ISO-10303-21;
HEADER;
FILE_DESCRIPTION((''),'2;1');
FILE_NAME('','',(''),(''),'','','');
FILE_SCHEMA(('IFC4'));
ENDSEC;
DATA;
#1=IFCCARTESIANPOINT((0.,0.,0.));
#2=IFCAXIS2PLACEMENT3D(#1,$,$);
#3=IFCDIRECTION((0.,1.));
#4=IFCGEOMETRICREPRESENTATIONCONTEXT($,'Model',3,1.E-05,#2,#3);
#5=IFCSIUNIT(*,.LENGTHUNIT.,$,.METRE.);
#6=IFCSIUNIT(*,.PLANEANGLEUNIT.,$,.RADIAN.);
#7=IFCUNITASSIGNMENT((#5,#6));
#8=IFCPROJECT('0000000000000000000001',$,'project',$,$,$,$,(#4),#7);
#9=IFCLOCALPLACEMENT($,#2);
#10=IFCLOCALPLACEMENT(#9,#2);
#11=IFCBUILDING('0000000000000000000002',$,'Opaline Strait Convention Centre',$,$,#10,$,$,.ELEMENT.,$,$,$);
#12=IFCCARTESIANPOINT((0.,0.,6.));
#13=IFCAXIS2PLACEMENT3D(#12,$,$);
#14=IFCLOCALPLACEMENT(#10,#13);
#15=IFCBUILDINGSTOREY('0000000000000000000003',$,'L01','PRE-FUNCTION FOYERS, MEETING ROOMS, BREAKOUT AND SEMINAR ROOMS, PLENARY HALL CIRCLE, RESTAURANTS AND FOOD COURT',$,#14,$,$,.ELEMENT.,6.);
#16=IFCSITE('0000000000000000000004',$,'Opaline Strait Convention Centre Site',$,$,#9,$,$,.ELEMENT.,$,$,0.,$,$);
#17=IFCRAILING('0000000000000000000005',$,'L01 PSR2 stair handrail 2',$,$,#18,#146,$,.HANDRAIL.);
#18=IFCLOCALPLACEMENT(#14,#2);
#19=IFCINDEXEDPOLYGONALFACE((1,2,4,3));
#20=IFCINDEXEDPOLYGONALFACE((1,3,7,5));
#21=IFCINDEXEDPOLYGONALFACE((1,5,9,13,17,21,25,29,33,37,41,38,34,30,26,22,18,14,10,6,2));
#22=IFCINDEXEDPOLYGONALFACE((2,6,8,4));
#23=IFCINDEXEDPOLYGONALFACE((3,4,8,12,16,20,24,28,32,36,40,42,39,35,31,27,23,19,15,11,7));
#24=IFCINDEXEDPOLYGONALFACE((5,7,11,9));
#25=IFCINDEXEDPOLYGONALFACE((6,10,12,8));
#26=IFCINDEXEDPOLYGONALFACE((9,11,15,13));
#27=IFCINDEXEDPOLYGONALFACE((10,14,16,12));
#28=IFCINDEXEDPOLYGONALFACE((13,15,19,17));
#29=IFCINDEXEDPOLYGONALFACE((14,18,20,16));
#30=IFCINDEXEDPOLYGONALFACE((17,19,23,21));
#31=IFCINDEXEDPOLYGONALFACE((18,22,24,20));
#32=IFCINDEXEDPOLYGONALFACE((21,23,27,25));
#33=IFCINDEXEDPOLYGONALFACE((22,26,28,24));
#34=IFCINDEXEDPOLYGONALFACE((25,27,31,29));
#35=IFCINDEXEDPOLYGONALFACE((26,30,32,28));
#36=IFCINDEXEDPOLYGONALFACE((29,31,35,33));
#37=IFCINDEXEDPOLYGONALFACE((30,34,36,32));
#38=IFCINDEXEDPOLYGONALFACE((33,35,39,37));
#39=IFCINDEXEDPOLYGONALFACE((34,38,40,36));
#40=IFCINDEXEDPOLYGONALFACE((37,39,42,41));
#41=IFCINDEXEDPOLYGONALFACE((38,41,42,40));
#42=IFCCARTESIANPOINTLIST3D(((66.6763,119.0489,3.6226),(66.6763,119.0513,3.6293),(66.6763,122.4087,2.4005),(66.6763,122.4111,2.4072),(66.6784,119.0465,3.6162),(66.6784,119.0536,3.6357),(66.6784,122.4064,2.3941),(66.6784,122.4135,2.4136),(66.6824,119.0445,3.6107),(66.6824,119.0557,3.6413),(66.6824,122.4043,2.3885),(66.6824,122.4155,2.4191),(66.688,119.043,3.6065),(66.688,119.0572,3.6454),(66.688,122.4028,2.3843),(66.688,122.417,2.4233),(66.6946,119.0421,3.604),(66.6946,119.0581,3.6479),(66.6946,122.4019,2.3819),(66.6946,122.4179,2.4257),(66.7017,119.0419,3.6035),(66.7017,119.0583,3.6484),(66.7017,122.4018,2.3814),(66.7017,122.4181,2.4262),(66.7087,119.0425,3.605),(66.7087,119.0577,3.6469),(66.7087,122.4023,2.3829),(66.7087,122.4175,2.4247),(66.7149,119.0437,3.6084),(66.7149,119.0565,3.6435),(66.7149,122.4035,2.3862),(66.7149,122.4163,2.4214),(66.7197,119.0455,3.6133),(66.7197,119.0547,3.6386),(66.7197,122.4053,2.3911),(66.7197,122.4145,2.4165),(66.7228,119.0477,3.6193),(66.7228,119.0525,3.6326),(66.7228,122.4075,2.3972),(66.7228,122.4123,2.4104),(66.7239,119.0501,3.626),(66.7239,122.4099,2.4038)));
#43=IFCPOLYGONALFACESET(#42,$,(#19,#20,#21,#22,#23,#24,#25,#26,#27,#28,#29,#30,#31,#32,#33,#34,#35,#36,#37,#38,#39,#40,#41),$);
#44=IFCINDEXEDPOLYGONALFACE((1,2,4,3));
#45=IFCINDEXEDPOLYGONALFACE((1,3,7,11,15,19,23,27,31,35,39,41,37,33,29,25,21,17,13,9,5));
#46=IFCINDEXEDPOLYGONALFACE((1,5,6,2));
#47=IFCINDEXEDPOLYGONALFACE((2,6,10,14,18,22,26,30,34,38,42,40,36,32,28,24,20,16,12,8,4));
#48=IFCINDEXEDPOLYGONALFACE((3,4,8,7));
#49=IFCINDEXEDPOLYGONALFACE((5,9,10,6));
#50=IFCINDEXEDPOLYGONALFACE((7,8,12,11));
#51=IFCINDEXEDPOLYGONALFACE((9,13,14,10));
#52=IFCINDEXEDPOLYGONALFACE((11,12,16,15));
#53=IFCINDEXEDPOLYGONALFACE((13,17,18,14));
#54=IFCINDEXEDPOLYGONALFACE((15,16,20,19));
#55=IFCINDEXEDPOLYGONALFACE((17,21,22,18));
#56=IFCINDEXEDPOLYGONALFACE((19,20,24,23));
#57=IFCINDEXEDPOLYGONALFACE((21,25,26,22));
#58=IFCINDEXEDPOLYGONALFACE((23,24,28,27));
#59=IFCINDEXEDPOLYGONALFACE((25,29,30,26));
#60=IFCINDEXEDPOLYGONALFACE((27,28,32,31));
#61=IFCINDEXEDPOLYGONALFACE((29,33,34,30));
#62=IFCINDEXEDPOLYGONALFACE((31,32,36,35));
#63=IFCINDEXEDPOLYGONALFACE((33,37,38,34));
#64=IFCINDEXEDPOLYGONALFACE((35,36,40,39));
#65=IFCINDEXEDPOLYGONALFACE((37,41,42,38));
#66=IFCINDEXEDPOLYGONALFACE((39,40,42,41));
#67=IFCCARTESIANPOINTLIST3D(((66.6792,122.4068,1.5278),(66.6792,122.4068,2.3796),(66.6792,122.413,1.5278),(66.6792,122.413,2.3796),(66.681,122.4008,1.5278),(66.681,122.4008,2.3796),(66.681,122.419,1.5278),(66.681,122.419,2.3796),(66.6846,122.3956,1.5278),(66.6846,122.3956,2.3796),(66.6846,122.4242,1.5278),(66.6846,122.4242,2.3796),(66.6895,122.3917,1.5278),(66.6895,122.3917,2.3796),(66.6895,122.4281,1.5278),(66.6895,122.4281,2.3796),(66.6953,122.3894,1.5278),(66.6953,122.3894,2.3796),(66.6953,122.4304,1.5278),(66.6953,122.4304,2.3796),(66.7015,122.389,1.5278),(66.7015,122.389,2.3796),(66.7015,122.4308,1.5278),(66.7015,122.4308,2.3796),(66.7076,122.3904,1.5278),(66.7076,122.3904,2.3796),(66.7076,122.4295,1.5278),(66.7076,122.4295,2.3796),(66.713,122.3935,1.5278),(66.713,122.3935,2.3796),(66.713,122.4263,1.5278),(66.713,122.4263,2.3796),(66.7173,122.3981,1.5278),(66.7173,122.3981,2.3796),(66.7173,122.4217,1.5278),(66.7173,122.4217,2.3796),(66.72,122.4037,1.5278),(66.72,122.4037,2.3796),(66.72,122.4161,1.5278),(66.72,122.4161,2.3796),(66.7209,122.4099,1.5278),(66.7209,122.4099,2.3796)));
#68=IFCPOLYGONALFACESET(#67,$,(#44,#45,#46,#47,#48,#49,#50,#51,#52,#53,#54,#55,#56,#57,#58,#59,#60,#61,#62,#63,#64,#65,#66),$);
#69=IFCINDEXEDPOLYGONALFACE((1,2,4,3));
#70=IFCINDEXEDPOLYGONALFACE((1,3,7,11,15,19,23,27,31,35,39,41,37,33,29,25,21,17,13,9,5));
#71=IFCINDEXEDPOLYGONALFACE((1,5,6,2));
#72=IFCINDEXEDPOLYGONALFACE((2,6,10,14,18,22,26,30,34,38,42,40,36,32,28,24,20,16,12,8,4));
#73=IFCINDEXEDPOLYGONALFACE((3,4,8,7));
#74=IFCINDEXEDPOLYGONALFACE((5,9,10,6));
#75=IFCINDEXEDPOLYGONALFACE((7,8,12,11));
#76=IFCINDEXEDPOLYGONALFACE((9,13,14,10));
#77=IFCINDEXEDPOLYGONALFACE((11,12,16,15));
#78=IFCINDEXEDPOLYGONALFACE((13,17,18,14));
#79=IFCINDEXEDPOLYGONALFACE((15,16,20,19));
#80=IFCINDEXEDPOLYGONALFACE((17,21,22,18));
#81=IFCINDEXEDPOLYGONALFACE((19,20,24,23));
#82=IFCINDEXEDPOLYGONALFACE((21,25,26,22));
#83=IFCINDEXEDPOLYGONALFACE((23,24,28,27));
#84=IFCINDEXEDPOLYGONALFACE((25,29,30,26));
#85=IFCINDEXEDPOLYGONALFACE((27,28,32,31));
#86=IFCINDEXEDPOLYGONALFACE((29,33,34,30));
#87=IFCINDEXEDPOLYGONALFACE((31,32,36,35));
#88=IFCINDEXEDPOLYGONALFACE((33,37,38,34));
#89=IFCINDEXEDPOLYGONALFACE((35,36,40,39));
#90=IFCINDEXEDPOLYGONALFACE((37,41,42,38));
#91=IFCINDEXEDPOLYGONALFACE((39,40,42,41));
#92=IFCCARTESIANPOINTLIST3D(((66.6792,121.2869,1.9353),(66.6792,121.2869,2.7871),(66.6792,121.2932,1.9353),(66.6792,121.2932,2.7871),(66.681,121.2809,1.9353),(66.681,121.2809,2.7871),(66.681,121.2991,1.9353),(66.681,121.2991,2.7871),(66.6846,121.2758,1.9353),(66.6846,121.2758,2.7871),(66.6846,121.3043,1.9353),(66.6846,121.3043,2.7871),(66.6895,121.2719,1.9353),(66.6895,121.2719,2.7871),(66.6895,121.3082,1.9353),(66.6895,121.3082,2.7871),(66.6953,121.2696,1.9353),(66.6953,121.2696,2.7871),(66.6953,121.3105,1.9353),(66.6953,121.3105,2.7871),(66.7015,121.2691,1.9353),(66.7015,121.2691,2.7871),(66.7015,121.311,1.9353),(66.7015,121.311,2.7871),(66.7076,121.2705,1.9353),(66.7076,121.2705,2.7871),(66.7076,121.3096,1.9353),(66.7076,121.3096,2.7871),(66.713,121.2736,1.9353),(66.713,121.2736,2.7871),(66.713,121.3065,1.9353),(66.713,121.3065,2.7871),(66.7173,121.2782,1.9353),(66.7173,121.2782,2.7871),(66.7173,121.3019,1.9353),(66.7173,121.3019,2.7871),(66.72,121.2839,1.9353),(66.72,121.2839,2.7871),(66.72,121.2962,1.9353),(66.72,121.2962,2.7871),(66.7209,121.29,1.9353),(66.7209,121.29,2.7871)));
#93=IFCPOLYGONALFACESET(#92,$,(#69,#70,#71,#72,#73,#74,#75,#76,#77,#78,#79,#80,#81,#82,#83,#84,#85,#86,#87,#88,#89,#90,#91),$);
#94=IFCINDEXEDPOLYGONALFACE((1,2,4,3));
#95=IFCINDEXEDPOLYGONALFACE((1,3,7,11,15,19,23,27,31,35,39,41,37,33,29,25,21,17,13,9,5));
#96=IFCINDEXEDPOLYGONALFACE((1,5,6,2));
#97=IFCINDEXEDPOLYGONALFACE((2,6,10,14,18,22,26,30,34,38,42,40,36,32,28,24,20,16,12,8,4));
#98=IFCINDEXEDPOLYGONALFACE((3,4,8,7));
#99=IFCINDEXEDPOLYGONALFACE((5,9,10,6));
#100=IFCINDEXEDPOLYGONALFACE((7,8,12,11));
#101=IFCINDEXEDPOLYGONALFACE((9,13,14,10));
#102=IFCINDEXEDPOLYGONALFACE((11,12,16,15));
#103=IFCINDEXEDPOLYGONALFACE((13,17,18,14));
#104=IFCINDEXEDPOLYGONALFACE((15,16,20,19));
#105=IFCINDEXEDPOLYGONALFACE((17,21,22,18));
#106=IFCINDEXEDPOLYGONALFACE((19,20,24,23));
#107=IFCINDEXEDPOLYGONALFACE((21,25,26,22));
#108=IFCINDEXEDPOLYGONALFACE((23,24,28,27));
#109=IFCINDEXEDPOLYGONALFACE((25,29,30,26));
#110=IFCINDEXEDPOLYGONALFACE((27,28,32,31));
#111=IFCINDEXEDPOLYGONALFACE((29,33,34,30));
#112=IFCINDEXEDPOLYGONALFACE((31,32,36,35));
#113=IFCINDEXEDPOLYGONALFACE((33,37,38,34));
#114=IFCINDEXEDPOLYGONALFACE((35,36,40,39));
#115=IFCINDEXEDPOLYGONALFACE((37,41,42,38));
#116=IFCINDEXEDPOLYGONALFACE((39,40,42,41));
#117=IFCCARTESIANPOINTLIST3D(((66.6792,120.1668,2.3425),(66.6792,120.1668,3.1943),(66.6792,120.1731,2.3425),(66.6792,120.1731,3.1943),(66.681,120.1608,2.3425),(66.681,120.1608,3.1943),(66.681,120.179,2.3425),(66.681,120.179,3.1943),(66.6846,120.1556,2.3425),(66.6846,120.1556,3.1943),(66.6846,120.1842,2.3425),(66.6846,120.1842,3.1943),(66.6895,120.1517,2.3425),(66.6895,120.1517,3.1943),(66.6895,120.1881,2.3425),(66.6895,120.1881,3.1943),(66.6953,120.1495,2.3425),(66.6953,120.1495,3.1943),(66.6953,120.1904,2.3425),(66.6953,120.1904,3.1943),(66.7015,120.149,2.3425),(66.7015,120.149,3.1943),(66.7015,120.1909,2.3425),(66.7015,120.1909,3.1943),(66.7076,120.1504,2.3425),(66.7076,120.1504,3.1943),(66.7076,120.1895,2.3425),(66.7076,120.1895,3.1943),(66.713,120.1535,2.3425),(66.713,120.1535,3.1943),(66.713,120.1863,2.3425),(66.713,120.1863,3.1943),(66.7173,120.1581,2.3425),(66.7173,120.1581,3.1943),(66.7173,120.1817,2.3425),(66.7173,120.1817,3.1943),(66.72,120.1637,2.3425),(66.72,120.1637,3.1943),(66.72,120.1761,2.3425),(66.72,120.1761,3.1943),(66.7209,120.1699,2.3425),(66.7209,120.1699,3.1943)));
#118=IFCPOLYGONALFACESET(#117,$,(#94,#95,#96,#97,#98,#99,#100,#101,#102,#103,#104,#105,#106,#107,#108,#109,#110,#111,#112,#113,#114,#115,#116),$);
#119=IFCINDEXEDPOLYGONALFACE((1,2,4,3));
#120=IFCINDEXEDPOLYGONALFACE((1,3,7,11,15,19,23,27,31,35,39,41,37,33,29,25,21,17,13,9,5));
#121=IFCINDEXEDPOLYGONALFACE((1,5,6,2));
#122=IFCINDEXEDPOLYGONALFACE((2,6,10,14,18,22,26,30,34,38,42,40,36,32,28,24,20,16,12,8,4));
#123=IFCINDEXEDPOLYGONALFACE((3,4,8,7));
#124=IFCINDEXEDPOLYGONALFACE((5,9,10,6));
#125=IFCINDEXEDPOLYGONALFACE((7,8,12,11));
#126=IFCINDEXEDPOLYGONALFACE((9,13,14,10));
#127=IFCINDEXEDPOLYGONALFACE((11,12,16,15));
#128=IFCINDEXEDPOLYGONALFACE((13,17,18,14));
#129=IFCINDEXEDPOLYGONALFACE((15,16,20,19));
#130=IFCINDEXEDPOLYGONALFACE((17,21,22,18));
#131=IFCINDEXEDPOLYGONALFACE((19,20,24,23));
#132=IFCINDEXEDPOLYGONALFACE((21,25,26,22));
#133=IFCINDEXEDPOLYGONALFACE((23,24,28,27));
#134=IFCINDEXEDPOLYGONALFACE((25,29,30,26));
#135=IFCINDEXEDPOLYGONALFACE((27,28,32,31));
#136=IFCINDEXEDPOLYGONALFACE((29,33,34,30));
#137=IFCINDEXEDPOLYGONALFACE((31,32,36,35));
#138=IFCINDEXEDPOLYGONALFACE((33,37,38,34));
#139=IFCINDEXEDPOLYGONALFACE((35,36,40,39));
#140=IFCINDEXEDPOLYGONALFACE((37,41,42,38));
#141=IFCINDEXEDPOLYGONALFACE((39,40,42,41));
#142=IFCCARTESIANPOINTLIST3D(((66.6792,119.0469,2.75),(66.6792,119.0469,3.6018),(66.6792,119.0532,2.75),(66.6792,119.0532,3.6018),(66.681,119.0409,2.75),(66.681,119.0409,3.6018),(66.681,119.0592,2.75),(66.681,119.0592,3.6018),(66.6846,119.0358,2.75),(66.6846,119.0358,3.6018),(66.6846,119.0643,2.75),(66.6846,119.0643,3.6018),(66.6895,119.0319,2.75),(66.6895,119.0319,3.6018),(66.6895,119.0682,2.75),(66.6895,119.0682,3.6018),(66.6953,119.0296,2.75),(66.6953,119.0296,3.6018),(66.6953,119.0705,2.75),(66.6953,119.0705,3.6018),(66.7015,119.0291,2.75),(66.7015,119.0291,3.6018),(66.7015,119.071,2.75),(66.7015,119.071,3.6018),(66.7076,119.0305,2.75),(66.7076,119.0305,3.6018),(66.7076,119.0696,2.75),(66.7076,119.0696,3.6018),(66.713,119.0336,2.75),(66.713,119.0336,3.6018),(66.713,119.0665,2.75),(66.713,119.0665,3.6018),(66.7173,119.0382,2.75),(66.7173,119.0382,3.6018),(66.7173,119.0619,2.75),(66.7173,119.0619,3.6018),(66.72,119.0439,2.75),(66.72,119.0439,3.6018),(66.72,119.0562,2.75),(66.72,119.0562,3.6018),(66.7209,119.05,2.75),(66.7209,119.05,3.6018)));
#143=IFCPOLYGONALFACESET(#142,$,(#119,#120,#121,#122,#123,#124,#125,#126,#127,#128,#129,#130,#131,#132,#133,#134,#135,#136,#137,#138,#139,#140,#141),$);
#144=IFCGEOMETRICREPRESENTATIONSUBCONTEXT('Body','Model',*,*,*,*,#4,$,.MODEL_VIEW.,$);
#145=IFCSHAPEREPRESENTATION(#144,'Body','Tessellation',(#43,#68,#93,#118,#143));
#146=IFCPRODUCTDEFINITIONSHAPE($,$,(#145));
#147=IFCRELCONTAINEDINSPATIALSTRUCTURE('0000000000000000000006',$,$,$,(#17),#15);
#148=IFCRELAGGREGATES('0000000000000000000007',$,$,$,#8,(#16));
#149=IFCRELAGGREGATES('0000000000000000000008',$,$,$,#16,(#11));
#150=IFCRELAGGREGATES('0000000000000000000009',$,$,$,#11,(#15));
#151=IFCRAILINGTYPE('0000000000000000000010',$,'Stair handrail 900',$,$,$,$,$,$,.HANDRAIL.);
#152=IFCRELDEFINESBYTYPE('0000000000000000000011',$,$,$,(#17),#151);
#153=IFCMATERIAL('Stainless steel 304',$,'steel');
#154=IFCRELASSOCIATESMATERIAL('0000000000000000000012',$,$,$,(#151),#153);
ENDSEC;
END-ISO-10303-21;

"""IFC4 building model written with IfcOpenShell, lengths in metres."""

from ifc_helpers import new_model, si_unit, direction, frame, origin, origin_2d, place, context, subcontext, project, spatial, circle, extrude, material, type_object, element, save


model = new_model("IFC4")

# Units and contexts
model_context = context("Model", 3, precision=1e-05, world=origin(), true_north=direction((0.0, 1.0)))
body_context = subcontext(model_context, "Body", "Model", "MODEL_VIEW")
ifc_project = project(units=[si_unit("LENGTHUNIT", "METRE"), si_unit("PLANEANGLEUNIT", "RADIAN")], contexts=[model_context])

# Site, building, storey
site_placement = place(None, origin())
site = spatial("IfcSite", under=ifc_project, at=site_placement, Name="Opaline Strait Convention Centre Site", CompositionType="ELEMENT", RefElevation=0.0)
building_placement = place(site_placement, origin())
building = spatial("IfcBuilding", under=site, at=building_placement, Name="Opaline Strait Convention Centre", CompositionType="ELEMENT")
storey_placement = place(building_placement, frame((0.0, 0.0, 6.0)))
storey = spatial("IfcBuildingStorey", under=building, at=storey_placement, Name="L01", Description="PRE-FUNCTION FOYERS, MEETING ROOMS, BREAKOUT AND SEMINAR ROOMS, PLENARY HALL CIRCLE, RESTAURANTS AND FOOD COURT", CompositionType="ELEMENT", Elevation=6.0)

# Railing
ifc_material_1 = material(Name="Stainless steel 304", Category="steel")
railing_type_1 = type_object("IfcRailingType", Name="Stair handrail 900", PredefinedType="HANDRAIL", material=ifc_material_1)
for number, where, name in (
    (1, (66.7, 122.4099, 1.5278), "L01 PSR2 stair handrail 2"),
):
    element("IfcRailing", number, at=place(storey_placement, frame(where)), inside=storey, type_object=railing_type_1, Name=name, PredefinedType="HANDRAIL", context=body_context, shape_type="SweptSolid", body=[
        extrude(circle(Radius=0.0239, at=origin_2d()), frame((0.0, 0.0, 0.876), z_axis=(0.0, -0.939758, 0.341842), x_axis=(1.0, 0.0, 0.0)), (0.0, 0.0, 1.0), 3.5752),
        extrude(circle(Radius=0.021, at=origin_2d()), origin(), (0.0, 0.0, 1.0), 0.8518),
        extrude(circle(Radius=0.021, at=origin_2d()), frame((0.0, -1.1199, 0.4075)), (0.0, 0.0, 1.0), 0.8518),
        extrude(circle(Radius=0.021, at=origin_2d()), frame((0.0, -2.24, 0.8147)), (0.0, 0.0, 1.0), 0.8518),
        extrude(circle(Radius=0.021, at=origin_2d()), frame((0.0, -3.3599, 1.2222)), (0.0, 0.0, 1.0), 0.8518),
    ])

save(model, "model.ifc")
